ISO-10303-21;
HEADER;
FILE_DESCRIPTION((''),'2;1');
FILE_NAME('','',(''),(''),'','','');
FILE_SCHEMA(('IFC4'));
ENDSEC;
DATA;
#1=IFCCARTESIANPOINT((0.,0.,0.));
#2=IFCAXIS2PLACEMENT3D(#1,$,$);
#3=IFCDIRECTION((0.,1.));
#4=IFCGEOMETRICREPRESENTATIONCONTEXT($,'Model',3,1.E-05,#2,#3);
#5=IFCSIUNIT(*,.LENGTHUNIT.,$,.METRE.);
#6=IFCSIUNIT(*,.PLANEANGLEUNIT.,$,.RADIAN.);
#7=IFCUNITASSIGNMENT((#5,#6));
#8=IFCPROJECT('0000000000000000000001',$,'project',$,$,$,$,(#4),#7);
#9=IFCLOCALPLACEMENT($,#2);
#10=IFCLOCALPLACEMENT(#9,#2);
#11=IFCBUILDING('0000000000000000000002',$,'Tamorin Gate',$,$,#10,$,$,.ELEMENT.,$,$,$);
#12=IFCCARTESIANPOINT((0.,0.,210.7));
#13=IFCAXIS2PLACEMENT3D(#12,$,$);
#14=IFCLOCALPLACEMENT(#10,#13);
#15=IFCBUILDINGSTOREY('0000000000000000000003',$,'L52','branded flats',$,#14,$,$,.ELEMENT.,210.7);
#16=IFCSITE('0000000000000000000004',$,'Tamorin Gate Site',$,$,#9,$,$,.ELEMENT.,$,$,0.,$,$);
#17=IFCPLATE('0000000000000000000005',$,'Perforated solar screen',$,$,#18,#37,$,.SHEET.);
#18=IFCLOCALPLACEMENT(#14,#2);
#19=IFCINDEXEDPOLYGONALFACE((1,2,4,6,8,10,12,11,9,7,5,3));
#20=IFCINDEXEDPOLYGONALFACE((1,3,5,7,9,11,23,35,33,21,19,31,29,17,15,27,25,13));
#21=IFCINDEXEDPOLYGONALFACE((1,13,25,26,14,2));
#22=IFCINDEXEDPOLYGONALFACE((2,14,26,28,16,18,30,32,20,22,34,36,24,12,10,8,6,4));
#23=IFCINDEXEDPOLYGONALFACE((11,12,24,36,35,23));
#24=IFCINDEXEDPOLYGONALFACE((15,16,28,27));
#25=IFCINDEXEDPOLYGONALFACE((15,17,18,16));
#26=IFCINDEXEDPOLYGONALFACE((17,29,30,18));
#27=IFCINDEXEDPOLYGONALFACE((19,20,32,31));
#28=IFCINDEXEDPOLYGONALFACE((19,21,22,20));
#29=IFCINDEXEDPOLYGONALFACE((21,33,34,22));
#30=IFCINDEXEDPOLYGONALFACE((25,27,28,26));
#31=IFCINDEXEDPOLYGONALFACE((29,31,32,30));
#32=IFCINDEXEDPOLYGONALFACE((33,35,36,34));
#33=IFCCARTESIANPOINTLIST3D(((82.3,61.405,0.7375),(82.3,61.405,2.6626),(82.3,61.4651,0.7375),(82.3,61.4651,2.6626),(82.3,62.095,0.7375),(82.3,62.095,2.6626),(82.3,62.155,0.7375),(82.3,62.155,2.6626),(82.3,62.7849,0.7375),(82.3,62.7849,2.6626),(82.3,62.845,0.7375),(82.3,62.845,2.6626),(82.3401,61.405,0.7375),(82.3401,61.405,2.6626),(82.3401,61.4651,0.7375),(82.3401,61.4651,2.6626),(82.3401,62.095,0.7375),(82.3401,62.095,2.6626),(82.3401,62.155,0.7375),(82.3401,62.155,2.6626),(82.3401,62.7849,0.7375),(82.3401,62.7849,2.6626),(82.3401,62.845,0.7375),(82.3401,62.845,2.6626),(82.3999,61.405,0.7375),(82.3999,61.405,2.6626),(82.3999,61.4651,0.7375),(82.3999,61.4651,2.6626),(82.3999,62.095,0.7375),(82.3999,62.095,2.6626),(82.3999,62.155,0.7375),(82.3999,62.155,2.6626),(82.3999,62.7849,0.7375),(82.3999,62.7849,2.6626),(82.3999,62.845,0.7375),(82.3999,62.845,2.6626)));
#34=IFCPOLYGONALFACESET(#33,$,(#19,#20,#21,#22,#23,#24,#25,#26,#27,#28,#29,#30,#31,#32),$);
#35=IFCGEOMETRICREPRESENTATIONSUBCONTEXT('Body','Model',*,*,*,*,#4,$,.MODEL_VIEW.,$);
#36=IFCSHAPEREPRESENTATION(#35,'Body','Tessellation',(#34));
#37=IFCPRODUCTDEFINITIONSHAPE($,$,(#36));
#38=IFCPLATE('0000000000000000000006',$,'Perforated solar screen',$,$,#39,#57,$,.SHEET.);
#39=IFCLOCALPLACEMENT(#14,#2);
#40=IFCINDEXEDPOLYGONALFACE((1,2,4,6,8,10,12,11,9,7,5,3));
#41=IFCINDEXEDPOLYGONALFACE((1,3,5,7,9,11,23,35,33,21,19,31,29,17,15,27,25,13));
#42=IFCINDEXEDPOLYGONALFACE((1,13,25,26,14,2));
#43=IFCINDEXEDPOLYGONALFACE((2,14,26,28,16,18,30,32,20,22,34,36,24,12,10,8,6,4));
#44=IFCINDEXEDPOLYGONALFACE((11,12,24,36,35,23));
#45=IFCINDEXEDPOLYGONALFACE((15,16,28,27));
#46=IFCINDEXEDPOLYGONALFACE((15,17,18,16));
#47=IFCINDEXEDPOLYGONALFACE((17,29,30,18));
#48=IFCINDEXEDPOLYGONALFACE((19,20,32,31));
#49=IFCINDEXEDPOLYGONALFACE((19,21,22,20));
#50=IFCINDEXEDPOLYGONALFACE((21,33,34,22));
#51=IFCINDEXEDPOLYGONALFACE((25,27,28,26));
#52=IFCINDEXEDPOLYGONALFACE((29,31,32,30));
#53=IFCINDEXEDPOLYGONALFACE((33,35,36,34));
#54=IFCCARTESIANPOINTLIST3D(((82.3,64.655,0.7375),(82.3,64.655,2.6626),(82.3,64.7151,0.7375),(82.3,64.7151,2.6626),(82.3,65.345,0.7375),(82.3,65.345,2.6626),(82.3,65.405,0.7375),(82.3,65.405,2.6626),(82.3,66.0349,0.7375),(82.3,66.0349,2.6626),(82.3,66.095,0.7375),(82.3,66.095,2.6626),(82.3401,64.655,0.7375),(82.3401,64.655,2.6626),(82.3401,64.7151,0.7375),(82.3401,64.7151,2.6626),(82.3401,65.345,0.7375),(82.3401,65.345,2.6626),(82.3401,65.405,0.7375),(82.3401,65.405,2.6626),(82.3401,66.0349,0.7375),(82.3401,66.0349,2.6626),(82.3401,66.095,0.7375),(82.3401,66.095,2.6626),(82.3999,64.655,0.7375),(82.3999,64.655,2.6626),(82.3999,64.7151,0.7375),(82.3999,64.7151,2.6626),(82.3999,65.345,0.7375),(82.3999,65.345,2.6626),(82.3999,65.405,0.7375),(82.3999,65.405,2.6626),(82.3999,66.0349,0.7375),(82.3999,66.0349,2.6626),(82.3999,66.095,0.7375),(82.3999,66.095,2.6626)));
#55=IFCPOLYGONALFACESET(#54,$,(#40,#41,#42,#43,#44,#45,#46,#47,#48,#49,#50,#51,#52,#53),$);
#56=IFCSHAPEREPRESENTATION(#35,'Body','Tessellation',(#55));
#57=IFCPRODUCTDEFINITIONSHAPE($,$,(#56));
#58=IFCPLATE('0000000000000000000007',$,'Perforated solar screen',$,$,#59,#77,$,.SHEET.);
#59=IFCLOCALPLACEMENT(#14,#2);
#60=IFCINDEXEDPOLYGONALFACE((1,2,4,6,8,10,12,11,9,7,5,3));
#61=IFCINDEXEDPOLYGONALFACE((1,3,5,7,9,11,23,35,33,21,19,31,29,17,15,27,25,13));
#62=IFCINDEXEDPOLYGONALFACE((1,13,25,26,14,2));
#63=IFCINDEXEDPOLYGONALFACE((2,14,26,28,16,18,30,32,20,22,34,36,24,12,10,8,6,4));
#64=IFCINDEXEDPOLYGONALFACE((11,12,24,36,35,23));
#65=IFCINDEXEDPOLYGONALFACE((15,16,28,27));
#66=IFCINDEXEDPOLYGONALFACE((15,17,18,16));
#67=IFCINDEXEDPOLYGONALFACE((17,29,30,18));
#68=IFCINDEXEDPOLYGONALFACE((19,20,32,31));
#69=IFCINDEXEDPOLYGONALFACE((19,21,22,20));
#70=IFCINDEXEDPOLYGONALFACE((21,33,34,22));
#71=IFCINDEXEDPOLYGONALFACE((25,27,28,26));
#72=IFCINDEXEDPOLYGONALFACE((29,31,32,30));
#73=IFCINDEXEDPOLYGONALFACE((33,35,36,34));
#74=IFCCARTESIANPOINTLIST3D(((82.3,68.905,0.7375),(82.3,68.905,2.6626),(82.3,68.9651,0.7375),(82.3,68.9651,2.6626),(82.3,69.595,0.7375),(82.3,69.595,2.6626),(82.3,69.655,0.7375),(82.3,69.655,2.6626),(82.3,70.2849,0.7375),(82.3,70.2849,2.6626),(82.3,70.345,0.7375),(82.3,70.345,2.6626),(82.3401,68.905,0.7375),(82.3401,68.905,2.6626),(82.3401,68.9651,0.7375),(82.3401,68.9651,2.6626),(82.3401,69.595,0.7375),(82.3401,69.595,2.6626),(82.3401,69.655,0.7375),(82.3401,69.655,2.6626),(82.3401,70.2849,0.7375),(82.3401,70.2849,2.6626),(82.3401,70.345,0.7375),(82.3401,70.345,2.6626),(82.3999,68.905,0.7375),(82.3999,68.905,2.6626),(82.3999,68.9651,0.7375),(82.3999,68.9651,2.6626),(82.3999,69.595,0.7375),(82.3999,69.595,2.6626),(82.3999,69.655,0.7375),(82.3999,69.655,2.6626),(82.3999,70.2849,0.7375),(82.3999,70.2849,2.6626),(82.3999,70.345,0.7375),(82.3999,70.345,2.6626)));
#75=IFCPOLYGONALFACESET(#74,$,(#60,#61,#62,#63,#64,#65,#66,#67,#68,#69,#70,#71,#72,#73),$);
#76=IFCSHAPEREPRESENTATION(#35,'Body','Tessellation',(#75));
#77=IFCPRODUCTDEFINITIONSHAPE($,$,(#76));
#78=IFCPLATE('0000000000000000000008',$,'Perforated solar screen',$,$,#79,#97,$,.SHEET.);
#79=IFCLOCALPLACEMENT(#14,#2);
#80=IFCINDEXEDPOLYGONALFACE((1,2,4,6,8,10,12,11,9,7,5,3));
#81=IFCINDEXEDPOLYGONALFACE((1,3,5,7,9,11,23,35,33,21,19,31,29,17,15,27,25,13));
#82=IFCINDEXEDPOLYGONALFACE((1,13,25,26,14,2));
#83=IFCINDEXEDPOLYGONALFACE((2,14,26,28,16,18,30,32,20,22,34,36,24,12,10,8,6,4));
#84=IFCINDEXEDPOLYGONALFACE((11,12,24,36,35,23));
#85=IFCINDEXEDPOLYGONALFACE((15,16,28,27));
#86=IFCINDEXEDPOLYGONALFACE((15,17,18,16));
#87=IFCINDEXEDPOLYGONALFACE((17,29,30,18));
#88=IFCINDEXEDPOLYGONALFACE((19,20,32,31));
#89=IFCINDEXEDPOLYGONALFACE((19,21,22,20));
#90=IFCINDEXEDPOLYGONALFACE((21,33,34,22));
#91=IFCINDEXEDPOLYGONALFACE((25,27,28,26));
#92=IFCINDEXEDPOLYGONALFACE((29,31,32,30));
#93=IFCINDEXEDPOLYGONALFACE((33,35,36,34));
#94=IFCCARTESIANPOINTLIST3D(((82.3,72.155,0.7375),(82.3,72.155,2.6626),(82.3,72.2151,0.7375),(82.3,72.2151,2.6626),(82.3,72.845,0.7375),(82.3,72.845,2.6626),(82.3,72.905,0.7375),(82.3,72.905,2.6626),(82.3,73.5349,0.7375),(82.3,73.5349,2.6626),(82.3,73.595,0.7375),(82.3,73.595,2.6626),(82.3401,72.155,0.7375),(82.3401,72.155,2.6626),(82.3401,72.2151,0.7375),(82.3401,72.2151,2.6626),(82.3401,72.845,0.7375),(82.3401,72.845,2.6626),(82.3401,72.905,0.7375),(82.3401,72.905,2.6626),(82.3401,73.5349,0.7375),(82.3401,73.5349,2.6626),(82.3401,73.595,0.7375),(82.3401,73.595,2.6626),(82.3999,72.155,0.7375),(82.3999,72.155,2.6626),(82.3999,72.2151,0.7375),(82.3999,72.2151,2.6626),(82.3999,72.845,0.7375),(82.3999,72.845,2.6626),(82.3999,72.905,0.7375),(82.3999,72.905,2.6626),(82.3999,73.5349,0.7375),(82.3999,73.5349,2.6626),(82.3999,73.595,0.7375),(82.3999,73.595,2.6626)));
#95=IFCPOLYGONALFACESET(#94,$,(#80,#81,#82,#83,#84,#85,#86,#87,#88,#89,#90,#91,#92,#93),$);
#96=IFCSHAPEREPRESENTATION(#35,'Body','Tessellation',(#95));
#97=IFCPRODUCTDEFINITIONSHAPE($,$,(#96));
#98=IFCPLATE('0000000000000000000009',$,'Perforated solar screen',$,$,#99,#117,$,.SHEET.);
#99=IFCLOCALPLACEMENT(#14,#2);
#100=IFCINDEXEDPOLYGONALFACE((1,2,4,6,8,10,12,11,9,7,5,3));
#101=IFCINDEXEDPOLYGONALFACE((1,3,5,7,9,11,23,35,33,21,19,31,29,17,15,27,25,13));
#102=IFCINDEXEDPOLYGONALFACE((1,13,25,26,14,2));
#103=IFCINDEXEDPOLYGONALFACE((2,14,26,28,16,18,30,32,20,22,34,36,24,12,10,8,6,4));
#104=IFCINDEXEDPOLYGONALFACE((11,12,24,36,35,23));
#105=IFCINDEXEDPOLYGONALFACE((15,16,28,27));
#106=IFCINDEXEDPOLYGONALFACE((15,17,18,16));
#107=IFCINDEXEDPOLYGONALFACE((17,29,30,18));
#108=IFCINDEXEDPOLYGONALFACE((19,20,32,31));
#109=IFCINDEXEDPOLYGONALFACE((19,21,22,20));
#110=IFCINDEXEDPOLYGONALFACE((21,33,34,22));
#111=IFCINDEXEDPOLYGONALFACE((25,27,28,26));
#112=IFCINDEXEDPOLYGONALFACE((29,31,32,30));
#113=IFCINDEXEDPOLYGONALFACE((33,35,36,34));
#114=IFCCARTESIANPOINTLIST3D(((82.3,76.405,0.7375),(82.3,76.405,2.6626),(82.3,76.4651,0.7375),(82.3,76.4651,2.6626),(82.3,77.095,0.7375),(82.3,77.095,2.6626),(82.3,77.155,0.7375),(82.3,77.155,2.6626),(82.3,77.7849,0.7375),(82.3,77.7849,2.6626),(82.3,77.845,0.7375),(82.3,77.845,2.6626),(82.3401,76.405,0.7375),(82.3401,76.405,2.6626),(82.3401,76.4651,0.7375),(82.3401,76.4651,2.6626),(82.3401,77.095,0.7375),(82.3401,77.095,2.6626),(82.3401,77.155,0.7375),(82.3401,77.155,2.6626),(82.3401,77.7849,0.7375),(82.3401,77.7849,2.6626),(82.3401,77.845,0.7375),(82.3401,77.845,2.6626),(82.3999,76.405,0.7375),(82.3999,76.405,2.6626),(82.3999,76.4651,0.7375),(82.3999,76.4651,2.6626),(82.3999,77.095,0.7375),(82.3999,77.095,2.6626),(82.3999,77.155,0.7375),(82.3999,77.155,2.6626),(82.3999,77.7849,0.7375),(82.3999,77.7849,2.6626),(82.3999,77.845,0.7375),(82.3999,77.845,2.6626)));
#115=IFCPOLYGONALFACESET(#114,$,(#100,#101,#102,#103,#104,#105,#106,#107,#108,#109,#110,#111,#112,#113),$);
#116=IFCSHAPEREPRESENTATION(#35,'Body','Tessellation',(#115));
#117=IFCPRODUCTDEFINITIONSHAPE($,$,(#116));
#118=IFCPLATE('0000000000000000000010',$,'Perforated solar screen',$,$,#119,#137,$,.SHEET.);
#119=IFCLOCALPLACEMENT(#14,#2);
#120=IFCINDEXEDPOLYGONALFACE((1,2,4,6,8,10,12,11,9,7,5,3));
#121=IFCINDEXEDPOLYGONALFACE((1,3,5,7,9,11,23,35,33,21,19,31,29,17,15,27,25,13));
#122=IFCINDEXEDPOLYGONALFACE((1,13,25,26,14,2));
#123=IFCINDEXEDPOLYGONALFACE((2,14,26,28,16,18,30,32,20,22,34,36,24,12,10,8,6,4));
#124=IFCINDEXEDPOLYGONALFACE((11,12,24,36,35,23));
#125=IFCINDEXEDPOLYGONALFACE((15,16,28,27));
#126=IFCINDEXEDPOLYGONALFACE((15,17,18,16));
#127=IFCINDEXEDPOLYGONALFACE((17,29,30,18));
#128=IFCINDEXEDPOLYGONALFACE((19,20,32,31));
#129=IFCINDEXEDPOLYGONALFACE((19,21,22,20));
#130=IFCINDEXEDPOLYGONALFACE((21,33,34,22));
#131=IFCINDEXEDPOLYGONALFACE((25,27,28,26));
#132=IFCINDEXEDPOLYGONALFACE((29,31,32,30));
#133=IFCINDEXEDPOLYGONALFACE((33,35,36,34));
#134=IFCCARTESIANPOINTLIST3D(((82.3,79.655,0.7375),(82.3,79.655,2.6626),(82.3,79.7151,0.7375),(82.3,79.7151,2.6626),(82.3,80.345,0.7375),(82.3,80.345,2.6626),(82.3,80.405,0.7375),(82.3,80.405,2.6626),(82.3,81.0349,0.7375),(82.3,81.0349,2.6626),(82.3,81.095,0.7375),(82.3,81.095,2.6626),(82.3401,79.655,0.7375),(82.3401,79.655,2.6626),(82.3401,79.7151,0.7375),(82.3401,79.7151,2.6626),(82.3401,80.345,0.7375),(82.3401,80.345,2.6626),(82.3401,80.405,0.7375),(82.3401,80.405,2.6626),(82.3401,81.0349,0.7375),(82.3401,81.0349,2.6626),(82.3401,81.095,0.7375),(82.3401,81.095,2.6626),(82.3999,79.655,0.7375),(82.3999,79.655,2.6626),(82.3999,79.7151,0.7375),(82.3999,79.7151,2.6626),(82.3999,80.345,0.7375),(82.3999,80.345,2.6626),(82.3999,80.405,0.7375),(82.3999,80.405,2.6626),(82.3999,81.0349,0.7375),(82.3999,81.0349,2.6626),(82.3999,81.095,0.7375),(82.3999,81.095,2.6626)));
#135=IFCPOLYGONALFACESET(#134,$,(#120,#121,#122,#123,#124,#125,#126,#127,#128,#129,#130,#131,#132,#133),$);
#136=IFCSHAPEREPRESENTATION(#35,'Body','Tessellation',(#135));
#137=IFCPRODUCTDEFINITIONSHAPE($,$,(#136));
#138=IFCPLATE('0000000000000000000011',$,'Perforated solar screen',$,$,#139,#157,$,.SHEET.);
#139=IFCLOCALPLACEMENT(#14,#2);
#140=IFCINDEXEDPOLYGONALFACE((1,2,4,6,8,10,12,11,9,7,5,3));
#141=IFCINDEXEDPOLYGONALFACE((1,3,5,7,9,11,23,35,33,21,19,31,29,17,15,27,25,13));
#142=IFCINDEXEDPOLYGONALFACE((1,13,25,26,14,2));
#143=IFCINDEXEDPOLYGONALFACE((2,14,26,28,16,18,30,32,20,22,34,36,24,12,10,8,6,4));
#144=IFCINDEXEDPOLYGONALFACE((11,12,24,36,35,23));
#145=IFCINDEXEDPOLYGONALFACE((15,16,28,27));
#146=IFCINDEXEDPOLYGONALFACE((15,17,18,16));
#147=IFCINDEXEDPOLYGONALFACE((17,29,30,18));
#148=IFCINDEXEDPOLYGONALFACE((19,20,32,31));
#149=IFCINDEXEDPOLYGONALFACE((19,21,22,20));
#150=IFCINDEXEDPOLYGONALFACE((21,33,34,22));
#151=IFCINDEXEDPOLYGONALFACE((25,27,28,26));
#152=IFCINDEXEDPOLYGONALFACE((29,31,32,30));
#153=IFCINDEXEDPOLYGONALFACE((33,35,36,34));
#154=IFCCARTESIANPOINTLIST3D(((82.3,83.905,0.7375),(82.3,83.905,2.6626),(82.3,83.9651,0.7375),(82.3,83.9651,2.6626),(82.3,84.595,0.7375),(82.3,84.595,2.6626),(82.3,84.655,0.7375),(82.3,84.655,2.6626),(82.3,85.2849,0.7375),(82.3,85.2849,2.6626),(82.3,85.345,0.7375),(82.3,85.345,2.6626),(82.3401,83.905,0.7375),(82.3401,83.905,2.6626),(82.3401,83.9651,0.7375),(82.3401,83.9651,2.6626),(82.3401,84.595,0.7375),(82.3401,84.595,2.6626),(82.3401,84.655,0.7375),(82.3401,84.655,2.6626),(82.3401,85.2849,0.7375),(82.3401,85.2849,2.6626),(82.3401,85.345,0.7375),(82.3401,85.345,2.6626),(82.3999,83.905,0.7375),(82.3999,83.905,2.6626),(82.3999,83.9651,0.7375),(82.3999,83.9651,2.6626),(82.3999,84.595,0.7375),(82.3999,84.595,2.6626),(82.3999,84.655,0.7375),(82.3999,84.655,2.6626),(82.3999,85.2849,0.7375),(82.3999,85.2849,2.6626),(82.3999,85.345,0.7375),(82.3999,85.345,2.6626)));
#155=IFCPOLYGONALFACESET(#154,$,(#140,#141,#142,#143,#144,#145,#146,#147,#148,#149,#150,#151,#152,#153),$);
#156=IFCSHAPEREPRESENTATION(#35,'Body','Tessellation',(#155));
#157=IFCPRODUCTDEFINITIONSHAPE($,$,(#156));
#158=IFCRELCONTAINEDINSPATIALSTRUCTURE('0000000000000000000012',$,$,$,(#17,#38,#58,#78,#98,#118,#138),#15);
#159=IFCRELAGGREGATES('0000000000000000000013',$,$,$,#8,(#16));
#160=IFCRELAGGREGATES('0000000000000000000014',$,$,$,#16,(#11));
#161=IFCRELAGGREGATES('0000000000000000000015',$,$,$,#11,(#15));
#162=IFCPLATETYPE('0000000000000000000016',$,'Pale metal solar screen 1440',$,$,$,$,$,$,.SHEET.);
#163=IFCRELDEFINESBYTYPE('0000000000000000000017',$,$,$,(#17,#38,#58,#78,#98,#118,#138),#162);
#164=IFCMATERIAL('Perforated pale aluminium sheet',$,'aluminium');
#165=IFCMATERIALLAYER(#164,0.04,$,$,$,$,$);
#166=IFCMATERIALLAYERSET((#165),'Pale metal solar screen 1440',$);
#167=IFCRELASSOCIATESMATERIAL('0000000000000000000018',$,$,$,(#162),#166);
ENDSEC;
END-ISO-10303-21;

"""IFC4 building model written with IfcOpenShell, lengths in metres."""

from ifc_helpers import new_model, si_unit, direction, frame, origin, place, context, subcontext, project, spatial, polyline, outline, extrude, material, layer, layer_set, type_object, element, save


model = new_model("IFC4")

# Units and contexts
model_context = context("Model", 3, precision=1e-05, world=origin(), true_north=direction((0.0, 1.0)))
body_context = subcontext(model_context, "Body", "Model", "MODEL_VIEW")
ifc_project = project(units=[si_unit("LENGTHUNIT", "METRE"), si_unit("PLANEANGLEUNIT", "RADIAN")], contexts=[model_context])

# Site, building, storey
site_placement = place(None, origin())
site = spatial("IfcSite", under=ifc_project, at=site_placement, Name="Tamorin Gate Site", CompositionType="ELEMENT", RefElevation=0.0)
building_placement = place(site_placement, origin())
building = spatial("IfcBuilding", under=site, at=building_placement, Name="Tamorin Gate", CompositionType="ELEMENT")
storey_placement = place(building_placement, frame((0.0, 0.0, 210.7)))
storey = spatial("IfcBuildingStorey", under=building, at=storey_placement, Name="L52", Description="branded flats", CompositionType="ELEMENT", Elevation=210.7)

# Plates
ifc_material_1 = material(Name="Perforated pale aluminium sheet", Category="aluminium")
ifc_layer_1 = layer(ifc_material_1, 0.04)
ifc_layer_set_1 = layer_set([ifc_layer_1], Name="Pale metal solar screen 1440")
plate_type_1 = type_object("IfcPlateType", Name="Pale metal solar screen 1440", PredefinedType="SHEET", material=ifc_layer_set_1)
plate_1_placement = place(storey_placement, frame((0.0, 0.0, 0.7375)))
element("IfcPlate", 1, at=plate_1_placement, inside=storey, type_object=plate_type_1, Name="Perforated solar screen", PredefinedType="SHEET", context=body_context, shape_type="SweptSolid", body=[
    extrude(outline(polyline([(82.3401, 61.405), (82.3, 61.405), (82.3, 61.4651), (82.3, 62.095), (82.3, 62.155), (82.3, 62.7849), (82.3, 62.845), (82.3401, 62.845), (82.3999, 62.845), (82.3999, 62.7849), (82.3401, 62.7849), (82.3401, 62.155), (82.3999, 62.155), (82.3999, 62.095), (82.3401, 62.095), (82.3401, 61.4651), (82.3999, 61.4651), (82.3999, 61.405), (82.3401, 61.405)])), origin(), (0.0, 0.0, 1.0), 1.925),
])
plate_2_placement = place(storey_placement, frame((0.0, 0.0, 0.7375)))
element("IfcPlate", 2, at=plate_2_placement, inside=storey, type_object=plate_type_1, Name="Perforated solar screen", PredefinedType="SHEET", context=body_context, shape_type="SweptSolid", body=[
    extrude(outline(polyline([(82.3401, 64.655), (82.3, 64.655), (82.3, 64.7151), (82.3, 65.345), (82.3, 65.405), (82.3, 66.0349), (82.3, 66.095), (82.3401, 66.095), (82.3999, 66.095), (82.3999, 66.0349), (82.3401, 66.0349), (82.3401, 65.405), (82.3999, 65.405), (82.3999, 65.345), (82.3401, 65.345), (82.3401, 64.7151), (82.3999, 64.7151), (82.3999, 64.655), (82.3401, 64.655)])), origin(), (0.0, 0.0, 1.0), 1.925),
])
plate_3_placement = place(storey_placement, frame((0.0, 0.0, 0.7375)))
element("IfcPlate", 3, at=plate_3_placement, inside=storey, type_object=plate_type_1, Name="Perforated solar screen", PredefinedType="SHEET", context=body_context, shape_type="SweptSolid", body=[
    extrude(outline(polyline([(82.3401, 68.905), (82.3, 68.905), (82.3, 68.9651), (82.3, 69.595), (82.3, 69.655), (82.3, 70.2849), (82.3, 70.345), (82.3401, 70.345), (82.3999, 70.345), (82.3999, 70.2849), (82.3401, 70.2849), (82.3401, 69.655), (82.3999, 69.655), (82.3999, 69.595), (82.3401, 69.595), (82.3401, 68.9651), (82.3999, 68.9651), (82.3999, 68.905), (82.3401, 68.905)])), origin(), (0.0, 0.0, 1.0), 1.925),
])
plate_4_placement = place(storey_placement, frame((0.0, 0.0, 0.7375)))
element("IfcPlate", 4, at=plate_4_placement, inside=storey, type_object=plate_type_1, Name="Perforated solar screen", PredefinedType="SHEET", context=body_context, shape_type="SweptSolid", body=[
    extrude(outline(polyline([(82.3401, 72.155), (82.3, 72.155), (82.3, 72.2151), (82.3, 72.845), (82.3, 72.905), (82.3, 73.5349), (82.3, 73.595), (82.3401, 73.595), (82.3999, 73.595), (82.3999, 73.5349), (82.3401, 73.5349), (82.3401, 72.905), (82.3999, 72.905), (82.3999, 72.845), (82.3401, 72.845), (82.3401, 72.2151), (82.3999, 72.2151), (82.3999, 72.155), (82.3401, 72.155)])), origin(), (0.0, 0.0, 1.0), 1.925),
])
plate_5_placement = place(storey_placement, frame((0.0, 0.0, 0.7375)))
element("IfcPlate", 5, at=plate_5_placement, inside=storey, type_object=plate_type_1, Name="Perforated solar screen", PredefinedType="SHEET", context=body_context, shape_type="SweptSolid", body=[
    extrude(outline(polyline([(82.3401, 76.405), (82.3, 76.405), (82.3, 76.4651), (82.3, 77.095), (82.3, 77.155), (82.3, 77.7849), (82.3, 77.845), (82.3401, 77.845), (82.3999, 77.845), (82.3999, 77.7849), (82.3401, 77.7849), (82.3401, 77.155), (82.3999, 77.155), (82.3999, 77.095), (82.3401, 77.095), (82.3401, 76.4651), (82.3999, 76.4651), (82.3999, 76.405), (82.3401, 76.405)])), origin(), (0.0, 0.0, 1.0), 1.925),
])
plate_6_placement = place(storey_placement, frame((0.0, 0.0, 0.7375)))
element("IfcPlate", 6, at=plate_6_placement, inside=storey, type_object=plate_type_1, Name="Perforated solar screen", PredefinedType="SHEET", context=body_context, shape_type="SweptSolid", body=[
    extrude(outline(polyline([(82.3401, 79.655), (82.3, 79.655), (82.3, 79.7151), (82.3, 80.345), (82.3, 80.405), (82.3, 81.0349), (82.3, 81.095), (82.3401, 81.095), (82.3999, 81.095), (82.3999, 81.0349), (82.3401, 81.0349), (82.3401, 80.405), (82.3999, 80.405), (82.3999, 80.345), (82.3401, 80.345), (82.3401, 79.7151), (82.3999, 79.7151), (82.3999, 79.655), (82.3401, 79.655)])), origin(), (0.0, 0.0, 1.0), 1.925),
])
plate_7_placement = place(storey_placement, frame((0.0, 0.0, 0.7375)))
element("IfcPlate", 7, at=plate_7_placement, inside=storey, type_object=plate_type_1, Name="Perforated solar screen", PredefinedType="SHEET", context=body_context, shape_type="SweptSolid", body=[
    extrude(outline(polyline([(82.3401, 83.905), (82.3, 83.905), (82.3, 83.9651), (82.3, 84.595), (82.3, 84.655), (82.3, 85.2849), (82.3, 85.345), (82.3401, 85.345), (82.3999, 85.345), (82.3999, 85.2849), (82.3401, 85.2849), (82.3401, 84.655), (82.3999, 84.655), (82.3999, 84.595), (82.3401, 84.595), (82.3401, 83.9651), (82.3999, 83.9651), (82.3999, 83.905), (82.3401, 83.905)])), origin(), (0.0, 0.0, 1.0), 1.925),
])

save(model, "model.ifc")
